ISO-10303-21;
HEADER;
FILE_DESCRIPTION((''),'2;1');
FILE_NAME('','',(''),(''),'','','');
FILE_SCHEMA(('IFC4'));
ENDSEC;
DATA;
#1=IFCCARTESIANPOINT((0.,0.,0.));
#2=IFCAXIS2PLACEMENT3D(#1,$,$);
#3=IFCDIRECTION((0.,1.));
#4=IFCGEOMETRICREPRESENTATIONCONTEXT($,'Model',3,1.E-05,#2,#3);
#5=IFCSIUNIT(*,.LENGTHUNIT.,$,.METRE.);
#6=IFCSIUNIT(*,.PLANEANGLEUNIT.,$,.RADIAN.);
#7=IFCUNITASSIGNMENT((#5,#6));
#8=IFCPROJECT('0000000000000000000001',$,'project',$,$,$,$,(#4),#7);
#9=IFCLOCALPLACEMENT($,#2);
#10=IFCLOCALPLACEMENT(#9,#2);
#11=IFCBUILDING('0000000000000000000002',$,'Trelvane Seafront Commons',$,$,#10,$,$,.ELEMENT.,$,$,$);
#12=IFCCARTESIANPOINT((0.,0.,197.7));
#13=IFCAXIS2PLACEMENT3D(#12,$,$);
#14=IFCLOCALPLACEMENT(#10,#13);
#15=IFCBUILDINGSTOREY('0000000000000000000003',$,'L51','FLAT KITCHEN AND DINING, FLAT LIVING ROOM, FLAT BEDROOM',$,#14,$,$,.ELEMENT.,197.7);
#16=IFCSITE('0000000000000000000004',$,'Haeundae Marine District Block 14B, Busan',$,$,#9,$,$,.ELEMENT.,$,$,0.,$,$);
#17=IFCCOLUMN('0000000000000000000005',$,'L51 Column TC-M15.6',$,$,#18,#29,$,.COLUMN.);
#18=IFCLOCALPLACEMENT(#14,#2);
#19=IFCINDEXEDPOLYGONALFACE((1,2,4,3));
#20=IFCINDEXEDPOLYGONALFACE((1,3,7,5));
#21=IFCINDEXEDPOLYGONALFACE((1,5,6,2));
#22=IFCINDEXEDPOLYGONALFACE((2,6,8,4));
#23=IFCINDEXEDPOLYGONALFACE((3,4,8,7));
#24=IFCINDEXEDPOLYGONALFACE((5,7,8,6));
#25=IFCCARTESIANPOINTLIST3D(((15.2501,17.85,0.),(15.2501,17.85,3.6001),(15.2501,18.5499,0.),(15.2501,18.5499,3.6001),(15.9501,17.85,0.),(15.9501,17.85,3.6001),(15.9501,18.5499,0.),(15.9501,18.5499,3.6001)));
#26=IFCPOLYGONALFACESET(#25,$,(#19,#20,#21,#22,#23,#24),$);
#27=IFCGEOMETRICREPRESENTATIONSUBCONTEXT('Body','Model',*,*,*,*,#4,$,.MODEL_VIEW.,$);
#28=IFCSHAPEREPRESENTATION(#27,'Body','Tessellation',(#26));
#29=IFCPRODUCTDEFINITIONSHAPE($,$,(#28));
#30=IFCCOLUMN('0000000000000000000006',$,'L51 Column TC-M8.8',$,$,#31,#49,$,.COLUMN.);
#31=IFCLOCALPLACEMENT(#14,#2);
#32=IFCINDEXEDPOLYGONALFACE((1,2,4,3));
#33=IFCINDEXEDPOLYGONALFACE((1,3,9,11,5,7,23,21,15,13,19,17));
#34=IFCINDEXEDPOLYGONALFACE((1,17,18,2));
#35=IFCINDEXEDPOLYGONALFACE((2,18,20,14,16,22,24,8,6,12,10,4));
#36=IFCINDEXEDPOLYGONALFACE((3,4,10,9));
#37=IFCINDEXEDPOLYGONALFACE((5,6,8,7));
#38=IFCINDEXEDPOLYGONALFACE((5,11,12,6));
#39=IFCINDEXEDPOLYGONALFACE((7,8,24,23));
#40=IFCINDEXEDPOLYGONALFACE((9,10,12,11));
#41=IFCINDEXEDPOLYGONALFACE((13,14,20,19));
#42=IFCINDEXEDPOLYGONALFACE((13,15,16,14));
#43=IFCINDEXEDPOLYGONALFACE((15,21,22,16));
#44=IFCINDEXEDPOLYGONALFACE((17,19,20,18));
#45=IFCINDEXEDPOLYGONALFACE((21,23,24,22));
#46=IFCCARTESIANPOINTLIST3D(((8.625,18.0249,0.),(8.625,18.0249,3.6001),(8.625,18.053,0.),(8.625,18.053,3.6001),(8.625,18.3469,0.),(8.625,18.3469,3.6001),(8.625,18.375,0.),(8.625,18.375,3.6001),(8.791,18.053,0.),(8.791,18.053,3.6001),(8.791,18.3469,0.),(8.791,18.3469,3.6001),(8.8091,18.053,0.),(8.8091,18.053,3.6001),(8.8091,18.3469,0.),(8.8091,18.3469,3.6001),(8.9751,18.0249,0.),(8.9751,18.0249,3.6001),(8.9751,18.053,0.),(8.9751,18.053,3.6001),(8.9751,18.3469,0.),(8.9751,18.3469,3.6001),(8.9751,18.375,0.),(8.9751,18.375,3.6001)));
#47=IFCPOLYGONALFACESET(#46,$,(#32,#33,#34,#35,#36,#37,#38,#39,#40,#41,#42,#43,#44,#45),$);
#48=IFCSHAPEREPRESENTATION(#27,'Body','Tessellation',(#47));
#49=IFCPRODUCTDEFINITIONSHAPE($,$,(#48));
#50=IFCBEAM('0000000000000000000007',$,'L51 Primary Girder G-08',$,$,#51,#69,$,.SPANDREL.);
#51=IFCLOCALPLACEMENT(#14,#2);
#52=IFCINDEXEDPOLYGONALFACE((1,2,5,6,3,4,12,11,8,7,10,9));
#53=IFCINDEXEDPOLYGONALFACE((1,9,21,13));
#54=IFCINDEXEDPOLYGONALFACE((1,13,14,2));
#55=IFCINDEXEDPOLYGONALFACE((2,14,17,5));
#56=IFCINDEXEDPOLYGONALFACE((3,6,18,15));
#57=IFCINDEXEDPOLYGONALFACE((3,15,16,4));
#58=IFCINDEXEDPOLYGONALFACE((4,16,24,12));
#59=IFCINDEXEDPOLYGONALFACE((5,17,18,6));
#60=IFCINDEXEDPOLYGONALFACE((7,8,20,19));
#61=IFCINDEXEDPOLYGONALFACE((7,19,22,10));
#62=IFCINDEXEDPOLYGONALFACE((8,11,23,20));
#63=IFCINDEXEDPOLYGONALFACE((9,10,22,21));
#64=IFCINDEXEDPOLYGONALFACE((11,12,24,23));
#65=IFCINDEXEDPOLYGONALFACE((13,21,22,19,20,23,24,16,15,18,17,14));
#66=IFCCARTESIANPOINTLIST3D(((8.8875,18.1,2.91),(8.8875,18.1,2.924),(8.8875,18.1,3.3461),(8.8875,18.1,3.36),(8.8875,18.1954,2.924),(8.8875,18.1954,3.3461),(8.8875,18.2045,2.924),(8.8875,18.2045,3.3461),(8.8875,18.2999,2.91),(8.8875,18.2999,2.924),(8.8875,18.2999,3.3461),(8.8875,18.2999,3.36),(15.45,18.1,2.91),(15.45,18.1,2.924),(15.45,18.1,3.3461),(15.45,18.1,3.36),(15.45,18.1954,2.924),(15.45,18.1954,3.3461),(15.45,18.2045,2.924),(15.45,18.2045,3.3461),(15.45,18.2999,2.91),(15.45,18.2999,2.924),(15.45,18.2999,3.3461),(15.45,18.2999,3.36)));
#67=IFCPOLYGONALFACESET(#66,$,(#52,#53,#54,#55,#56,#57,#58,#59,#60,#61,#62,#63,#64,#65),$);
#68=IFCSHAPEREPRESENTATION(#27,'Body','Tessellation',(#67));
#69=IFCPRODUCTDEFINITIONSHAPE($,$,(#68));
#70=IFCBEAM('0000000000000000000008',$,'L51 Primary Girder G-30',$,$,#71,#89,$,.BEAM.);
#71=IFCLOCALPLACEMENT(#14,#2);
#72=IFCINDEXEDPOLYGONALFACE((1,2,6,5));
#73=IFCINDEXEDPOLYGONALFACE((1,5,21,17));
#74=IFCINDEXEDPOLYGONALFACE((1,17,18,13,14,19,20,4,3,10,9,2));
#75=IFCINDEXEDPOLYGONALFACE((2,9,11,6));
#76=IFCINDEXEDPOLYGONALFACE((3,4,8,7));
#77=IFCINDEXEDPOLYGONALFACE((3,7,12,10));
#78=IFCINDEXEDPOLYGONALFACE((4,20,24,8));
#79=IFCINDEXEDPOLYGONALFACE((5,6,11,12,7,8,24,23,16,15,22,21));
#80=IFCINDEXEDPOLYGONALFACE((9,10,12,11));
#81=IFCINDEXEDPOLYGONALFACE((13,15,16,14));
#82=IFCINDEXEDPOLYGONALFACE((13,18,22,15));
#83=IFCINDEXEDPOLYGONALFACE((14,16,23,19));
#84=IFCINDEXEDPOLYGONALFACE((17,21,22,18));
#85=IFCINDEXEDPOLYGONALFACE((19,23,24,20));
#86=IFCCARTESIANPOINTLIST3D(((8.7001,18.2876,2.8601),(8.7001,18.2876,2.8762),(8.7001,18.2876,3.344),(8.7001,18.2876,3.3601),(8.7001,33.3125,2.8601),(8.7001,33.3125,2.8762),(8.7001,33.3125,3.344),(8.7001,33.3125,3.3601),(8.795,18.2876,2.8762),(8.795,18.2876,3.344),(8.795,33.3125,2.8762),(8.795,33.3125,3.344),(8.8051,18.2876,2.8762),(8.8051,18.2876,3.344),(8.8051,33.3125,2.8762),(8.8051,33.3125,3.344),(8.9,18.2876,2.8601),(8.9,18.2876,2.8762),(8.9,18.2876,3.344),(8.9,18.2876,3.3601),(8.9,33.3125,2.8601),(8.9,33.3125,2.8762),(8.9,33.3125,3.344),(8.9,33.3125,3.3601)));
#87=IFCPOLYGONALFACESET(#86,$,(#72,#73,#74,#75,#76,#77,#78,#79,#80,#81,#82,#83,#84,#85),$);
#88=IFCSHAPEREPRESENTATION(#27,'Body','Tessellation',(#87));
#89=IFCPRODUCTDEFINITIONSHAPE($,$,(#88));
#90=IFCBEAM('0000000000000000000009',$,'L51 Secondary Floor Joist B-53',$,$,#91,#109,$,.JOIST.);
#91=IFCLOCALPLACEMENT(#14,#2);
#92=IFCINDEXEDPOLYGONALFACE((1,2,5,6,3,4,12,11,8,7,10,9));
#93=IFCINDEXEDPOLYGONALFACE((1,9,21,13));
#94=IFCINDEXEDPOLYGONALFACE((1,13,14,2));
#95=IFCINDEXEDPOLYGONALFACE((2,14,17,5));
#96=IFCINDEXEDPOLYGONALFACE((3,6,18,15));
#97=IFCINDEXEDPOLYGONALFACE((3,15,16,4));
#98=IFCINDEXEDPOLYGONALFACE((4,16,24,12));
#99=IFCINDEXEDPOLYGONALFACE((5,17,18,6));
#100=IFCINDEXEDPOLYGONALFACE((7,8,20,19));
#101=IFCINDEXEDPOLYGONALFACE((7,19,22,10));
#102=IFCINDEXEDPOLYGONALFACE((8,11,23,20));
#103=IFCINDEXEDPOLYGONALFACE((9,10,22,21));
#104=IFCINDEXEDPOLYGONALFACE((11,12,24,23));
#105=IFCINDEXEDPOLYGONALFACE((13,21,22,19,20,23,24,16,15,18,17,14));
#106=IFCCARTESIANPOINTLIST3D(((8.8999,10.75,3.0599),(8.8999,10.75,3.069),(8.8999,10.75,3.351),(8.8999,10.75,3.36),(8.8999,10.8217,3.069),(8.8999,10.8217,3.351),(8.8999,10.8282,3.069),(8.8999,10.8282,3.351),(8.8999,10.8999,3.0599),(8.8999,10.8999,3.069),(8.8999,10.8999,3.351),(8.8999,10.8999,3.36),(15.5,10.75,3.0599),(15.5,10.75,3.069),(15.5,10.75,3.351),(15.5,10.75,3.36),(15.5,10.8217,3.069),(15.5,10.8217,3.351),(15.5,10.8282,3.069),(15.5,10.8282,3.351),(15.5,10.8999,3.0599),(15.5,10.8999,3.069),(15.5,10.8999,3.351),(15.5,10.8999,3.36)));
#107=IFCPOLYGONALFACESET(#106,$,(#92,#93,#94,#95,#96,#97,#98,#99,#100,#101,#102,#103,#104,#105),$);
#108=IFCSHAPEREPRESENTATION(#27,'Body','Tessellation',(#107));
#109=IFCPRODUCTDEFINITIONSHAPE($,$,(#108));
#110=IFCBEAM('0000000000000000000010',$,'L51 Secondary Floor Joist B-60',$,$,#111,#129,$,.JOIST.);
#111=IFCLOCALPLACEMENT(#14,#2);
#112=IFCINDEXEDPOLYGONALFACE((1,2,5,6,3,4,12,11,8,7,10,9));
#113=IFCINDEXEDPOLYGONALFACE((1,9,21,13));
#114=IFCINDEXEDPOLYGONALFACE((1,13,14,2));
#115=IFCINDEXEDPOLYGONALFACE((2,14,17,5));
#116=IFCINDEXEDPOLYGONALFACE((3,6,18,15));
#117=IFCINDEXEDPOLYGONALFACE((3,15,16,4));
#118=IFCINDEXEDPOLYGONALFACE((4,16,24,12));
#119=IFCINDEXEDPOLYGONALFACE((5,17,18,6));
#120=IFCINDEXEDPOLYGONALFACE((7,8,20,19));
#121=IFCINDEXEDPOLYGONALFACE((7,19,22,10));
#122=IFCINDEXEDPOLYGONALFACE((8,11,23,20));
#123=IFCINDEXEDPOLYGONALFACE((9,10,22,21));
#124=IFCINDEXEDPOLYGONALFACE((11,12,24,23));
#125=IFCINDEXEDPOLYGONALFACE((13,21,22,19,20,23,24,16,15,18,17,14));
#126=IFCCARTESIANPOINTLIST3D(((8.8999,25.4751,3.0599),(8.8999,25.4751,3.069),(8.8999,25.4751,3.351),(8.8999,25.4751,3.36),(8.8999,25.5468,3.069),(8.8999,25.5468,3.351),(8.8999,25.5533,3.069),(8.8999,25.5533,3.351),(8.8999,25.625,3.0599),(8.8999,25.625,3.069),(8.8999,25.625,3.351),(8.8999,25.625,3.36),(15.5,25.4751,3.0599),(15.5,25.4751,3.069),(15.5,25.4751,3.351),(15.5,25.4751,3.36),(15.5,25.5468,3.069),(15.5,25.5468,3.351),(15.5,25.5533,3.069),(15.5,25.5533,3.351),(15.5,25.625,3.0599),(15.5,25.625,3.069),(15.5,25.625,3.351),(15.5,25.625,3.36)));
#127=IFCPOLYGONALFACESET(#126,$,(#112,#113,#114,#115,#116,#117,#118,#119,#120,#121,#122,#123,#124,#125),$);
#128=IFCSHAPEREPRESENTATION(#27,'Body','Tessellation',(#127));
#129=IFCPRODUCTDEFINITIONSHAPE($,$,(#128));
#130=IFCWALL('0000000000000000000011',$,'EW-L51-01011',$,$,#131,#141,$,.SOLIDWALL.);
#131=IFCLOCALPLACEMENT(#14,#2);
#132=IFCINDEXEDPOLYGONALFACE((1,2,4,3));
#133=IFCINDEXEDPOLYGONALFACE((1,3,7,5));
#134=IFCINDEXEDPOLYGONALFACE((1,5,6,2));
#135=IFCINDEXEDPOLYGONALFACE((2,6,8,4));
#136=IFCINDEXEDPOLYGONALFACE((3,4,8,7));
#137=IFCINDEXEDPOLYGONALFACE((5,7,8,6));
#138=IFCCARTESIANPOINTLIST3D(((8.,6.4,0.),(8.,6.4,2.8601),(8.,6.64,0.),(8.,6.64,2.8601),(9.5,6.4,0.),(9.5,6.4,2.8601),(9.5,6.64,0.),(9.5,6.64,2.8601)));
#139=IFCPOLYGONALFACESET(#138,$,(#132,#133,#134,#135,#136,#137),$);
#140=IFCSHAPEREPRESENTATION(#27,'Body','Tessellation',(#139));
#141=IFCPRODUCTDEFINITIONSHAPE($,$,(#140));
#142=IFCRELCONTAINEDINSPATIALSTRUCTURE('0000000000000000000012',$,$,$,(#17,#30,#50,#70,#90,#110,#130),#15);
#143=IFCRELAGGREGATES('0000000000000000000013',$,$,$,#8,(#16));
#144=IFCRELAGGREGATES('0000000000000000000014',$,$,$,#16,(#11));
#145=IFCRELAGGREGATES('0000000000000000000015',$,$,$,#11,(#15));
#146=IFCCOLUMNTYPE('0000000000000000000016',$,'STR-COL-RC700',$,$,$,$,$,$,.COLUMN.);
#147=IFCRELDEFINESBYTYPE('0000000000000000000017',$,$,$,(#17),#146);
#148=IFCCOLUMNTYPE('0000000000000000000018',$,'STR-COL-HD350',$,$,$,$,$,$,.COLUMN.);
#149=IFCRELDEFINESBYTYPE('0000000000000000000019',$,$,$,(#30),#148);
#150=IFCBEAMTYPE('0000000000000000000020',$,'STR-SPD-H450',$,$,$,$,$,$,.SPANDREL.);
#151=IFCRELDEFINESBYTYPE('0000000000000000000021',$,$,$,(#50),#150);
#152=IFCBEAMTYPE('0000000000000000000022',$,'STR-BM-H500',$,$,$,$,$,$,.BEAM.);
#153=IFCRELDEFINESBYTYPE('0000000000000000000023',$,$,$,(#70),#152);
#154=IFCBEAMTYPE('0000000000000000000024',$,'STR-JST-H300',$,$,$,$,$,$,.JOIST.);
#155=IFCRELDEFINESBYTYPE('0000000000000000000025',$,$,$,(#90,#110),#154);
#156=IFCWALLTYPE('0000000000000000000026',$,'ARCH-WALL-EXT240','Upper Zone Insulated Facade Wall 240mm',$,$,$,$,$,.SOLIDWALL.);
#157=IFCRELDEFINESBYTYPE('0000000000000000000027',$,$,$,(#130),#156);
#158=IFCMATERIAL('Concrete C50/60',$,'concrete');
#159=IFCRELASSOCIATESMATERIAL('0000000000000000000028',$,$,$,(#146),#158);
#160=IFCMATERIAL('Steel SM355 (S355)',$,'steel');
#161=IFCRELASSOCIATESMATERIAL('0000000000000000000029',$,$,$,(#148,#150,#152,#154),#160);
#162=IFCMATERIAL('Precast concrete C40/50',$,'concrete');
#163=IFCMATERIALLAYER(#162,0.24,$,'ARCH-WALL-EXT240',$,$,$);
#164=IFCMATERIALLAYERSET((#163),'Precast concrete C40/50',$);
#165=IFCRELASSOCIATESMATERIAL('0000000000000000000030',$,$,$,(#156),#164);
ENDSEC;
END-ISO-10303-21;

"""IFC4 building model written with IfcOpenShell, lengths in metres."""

from ifc_helpers import new_model, si_unit, direction, frame, frame_2d, origin, origin_2d, place, context, subcontext, project, spatial, rectangle, i_section, extrude, source, transform, mapped, material, layer, layer_set, material_profile, profile_set, type_object, element, save


model = new_model("IFC4")

# Units and contexts
model_context = context("Model", 3, precision=1e-05, world=origin(), true_north=direction((0.0, 1.0)))
body_context = subcontext(model_context, "Body", "Model", "MODEL_VIEW")
ifc_project = project(units=[si_unit("LENGTHUNIT", "METRE"), si_unit("PLANEANGLEUNIT", "RADIAN")], contexts=[model_context])

# Site, building, storey
site_placement = place(None, origin())
site = spatial("IfcSite", under=ifc_project, at=site_placement, Name="Haeundae Marine District Block 14B, Busan", CompositionType="ELEMENT", RefElevation=0.0)
building_placement = place(site_placement, origin())
building = spatial("IfcBuilding", under=site, at=building_placement, Name="Trelvane Seafront Commons", CompositionType="ELEMENT")
storey_placement = place(building_placement, frame((0.0, 0.0, 197.7)))
storey = spatial("IfcBuildingStorey", under=building, at=storey_placement, Name="L51", Description="FLAT KITCHEN AND DINING, FLAT LIVING ROOM, FLAT BEDROOM", CompositionType="ELEMENT", Elevation=197.7)

# Columns
ifc_material_1 = material(Name="Concrete C50/60", Category="concrete")
ifc_material_profile_1 = material_profile(ifc_material_1, rectangle(XDim=0.7, YDim=0.7, at=origin_2d()), Name="RC-700x700")
ifc_profile_set_1 = profile_set([ifc_material_profile_1], Name="Concrete C50/60")
column_type_1 = type_object("IfcColumnType", Name="STR-COL-RC700", PredefinedType="COLUMN", material=ifc_profile_set_1)
shared_shape_1 = source(origin(), body_context, "Body", "SweptSolid", [
    extrude(rectangle(XDim=0.7, YDim=0.7, at=origin_2d()), origin(), (0.0, 0.0, 1.0), 3.6001),
])
column_1_placement = place(storey_placement, frame((15.6001, 18.2, 0.0), z_axis=(0.0, 0.0, 1.0), x_axis=(1.0, 0.0, 0.0)))
element("IfcColumn", 1, at=column_1_placement, inside=storey, type_object=column_type_1, Name="L51 Column TC-M15.6", PredefinedType="COLUMN", context=body_context, shape_type="MappedRepresentation", body=[
    mapped(shared_shape_1, transform((0.0, 0.0, 0.0), x_axis=(1.0, 0.0, 0.0), y_axis=(0.0, 1.0, 0.0), z_axis=(0.0, 0.0, 1.0), scale=1.0)),
])
ifc_material_2 = material(Name="Steel SM355 (S355)", Category="steel")
ifc_material_profile_2 = material_profile(ifc_material_2, i_section(OverallWidth=0.3501, OverallDepth=0.3501, WebThickness=0.0181, FlangeThickness=0.0281, at=origin_2d()), Name="HD-350x350x18x28")
ifc_profile_set_2 = profile_set([ifc_material_profile_2], Name="Steel SM355 (S355)")
column_type_2 = type_object("IfcColumnType", Name="STR-COL-HD350", PredefinedType="COLUMN", material=ifc_profile_set_2)
shared_shape_2 = source(origin(), body_context, "Body", "SweptSolid", [
    extrude(i_section(OverallWidth=0.3501, OverallDepth=0.3501, WebThickness=0.0181, FlangeThickness=0.0281, at=origin_2d()), origin(), (0.0, 0.0, 1.0), 3.6001),
])
column_2_placement = place(storey_placement, frame((8.8, 18.2, 0.0), z_axis=(0.0, 0.0, 1.0), x_axis=(1.0, 0.0, 0.0)))
element("IfcColumn", 2, at=column_2_placement, inside=storey, type_object=column_type_2, Name="L51 Column TC-M8.8", PredefinedType="COLUMN", context=body_context, shape_type="MappedRepresentation", body=[
    mapped(shared_shape_2, transform((0.0, 0.0, 0.0), x_axis=(1.0, 0.0, 0.0), y_axis=(0.0, 1.0, 0.0), z_axis=(0.0, 0.0, 1.0), scale=1.0)),
])

# Beams
ifc_material_profile_3 = material_profile(ifc_material_2, i_section(OverallWidth=0.2, OverallDepth=0.45, WebThickness=0.009, FlangeThickness=0.0139, at=origin_2d()), Name="H-450x200x9x14")
ifc_profile_set_3 = profile_set([ifc_material_profile_3], Name="Steel SM355 (S355)")
beam_type_1 = type_object("IfcBeamType", Name="STR-SPD-H450", PredefinedType="SPANDREL", material=ifc_profile_set_3)
shared_shape_3 = source(origin(), body_context, "Body", "SweptSolid", [
    extrude(i_section(OverallWidth=0.2, OverallDepth=0.45, WebThickness=0.009, FlangeThickness=0.0139, at=origin_2d()), origin(), (0.0, 0.0, 1.0), 6.5625),
])
beam_1_placement = place(storey_placement, frame((8.8875, 18.2, 3.135), z_axis=(1.0, 0.0, 0.0), x_axis=(0.0, 1.0, 0.0)))
element("IfcBeam", 3, at=beam_1_placement, inside=storey, type_object=beam_type_1, Name="L51 Primary Girder G-08", PredefinedType="SPANDREL", context=body_context, shape_type="MappedRepresentation", body=[
    mapped(shared_shape_3, transform((0.0, 0.0, 0.0), x_axis=(1.0, 0.0, 0.0), y_axis=(0.0, 1.0, 0.0), z_axis=(0.0, 0.0, 1.0), scale=1.0)),
])
ifc_material_profile_4 = material_profile(ifc_material_2, i_section(OverallWidth=0.2, OverallDepth=0.5, WebThickness=0.01, FlangeThickness=0.0161, at=origin_2d()), Name="H-500x200x10x16")
ifc_profile_set_4 = profile_set([ifc_material_profile_4], Name="Steel SM355 (S355)")
beam_type_2 = type_object("IfcBeamType", Name="STR-BM-H500", PredefinedType="BEAM", material=ifc_profile_set_4)
shared_shape_4 = source(origin(), body_context, "Body", "SweptSolid", [
    extrude(i_section(OverallWidth=0.2, OverallDepth=0.5, WebThickness=0.01, FlangeThickness=0.0161, at=origin_2d()), origin(), (0.0, 0.0, 1.0), 15.0249),
])
beam_2_placement = place(storey_placement, frame((8.8, 18.2876, 3.1101), z_axis=(0.0, 1.0, 0.0), x_axis=(-1.0, 0.0, 0.0)))
element("IfcBeam", 4, at=beam_2_placement, inside=storey, type_object=beam_type_2, Name="L51 Primary Girder G-30", PredefinedType="BEAM", context=body_context, shape_type="MappedRepresentation", body=[
    mapped(shared_shape_4, transform((0.0, 0.0, 0.0), x_axis=(1.0, 0.0, 0.0), y_axis=(0.0, 1.0, 0.0), z_axis=(0.0, 0.0, 1.0), scale=1.0)),
])
ifc_material_profile_5 = material_profile(ifc_material_2, i_section(OverallWidth=0.1499, OverallDepth=0.3, WebThickness=0.0066, FlangeThickness=0.009, at=origin_2d()), Name="H-300x150x6.5x9")
ifc_profile_set_5 = profile_set([ifc_material_profile_5], Name="Steel SM355 (S355)")
beam_type_3 = type_object("IfcBeamType", Name="STR-JST-H300", PredefinedType="JOIST", material=ifc_profile_set_5)
shared_shape_5 = source(origin(), body_context, "Body", "SweptSolid", [
    extrude(i_section(OverallWidth=0.1499, OverallDepth=0.3, WebThickness=0.0066, FlangeThickness=0.009, at=origin_2d()), origin(), (0.0, 0.0, 1.0), 6.6001),
])
for number, where, z_axis, x_axis, name in (
    (5, (8.8999, 10.825, 3.21), (1.0, 0.0, 0.0), (0.0, 1.0, 0.0), "L51 Secondary Floor Joist B-53"),
    (6, (8.8999, 25.55, 3.21), (1.0, 0.0, 0.0), (0.0, 1.0, 0.0), "L51 Secondary Floor Joist B-60"),
):
    element("IfcBeam", number, at=place(storey_placement, frame(where, z_axis=z_axis, x_axis=x_axis)), inside=storey, type_object=beam_type_3, Name=name, PredefinedType="JOIST", context=body_context, shape_type="MappedRepresentation", body=[
        mapped(shared_shape_5, transform((0.0, 0.0, 0.0), x_axis=(1.0, 0.0, 0.0), y_axis=(0.0, 1.0, 0.0), z_axis=(0.0, 0.0, 1.0), scale=1.0)),
    ])

# Wall
ifc_material_3 = material(Name="Precast concrete C40/50", Category="concrete")
ifc_layer_1 = layer(ifc_material_3, 0.24, Name="ARCH-WALL-EXT240")
ifc_layer_set_1 = layer_set([ifc_layer_1], Name="Precast concrete C40/50")
wall_type_1 = type_object("IfcWallType", Name="ARCH-WALL-EXT240", Description="Upper Zone Insulated Facade Wall 240mm", PredefinedType="SOLIDWALL", material=ifc_layer_set_1)
wall_1_placement = place(storey_placement, frame((9.5, 6.52, 0.0), z_axis=(0.0, 0.0, 1.0), x_axis=(-1.0, 0.0, 0.0)))
element("IfcWall", 7, at=wall_1_placement, inside=storey, type_object=wall_type_1, Name="EW-L51-01011", PredefinedType="SOLIDWALL", context=body_context, shape_type="SweptSolid", body=[
    extrude(rectangle(XDim=1.5, YDim=0.24, at=frame_2d((0.75, 0.0))), origin(), (0.0, 0.0, 1.0), 2.8601),
])

save(model, "model.ifc")
